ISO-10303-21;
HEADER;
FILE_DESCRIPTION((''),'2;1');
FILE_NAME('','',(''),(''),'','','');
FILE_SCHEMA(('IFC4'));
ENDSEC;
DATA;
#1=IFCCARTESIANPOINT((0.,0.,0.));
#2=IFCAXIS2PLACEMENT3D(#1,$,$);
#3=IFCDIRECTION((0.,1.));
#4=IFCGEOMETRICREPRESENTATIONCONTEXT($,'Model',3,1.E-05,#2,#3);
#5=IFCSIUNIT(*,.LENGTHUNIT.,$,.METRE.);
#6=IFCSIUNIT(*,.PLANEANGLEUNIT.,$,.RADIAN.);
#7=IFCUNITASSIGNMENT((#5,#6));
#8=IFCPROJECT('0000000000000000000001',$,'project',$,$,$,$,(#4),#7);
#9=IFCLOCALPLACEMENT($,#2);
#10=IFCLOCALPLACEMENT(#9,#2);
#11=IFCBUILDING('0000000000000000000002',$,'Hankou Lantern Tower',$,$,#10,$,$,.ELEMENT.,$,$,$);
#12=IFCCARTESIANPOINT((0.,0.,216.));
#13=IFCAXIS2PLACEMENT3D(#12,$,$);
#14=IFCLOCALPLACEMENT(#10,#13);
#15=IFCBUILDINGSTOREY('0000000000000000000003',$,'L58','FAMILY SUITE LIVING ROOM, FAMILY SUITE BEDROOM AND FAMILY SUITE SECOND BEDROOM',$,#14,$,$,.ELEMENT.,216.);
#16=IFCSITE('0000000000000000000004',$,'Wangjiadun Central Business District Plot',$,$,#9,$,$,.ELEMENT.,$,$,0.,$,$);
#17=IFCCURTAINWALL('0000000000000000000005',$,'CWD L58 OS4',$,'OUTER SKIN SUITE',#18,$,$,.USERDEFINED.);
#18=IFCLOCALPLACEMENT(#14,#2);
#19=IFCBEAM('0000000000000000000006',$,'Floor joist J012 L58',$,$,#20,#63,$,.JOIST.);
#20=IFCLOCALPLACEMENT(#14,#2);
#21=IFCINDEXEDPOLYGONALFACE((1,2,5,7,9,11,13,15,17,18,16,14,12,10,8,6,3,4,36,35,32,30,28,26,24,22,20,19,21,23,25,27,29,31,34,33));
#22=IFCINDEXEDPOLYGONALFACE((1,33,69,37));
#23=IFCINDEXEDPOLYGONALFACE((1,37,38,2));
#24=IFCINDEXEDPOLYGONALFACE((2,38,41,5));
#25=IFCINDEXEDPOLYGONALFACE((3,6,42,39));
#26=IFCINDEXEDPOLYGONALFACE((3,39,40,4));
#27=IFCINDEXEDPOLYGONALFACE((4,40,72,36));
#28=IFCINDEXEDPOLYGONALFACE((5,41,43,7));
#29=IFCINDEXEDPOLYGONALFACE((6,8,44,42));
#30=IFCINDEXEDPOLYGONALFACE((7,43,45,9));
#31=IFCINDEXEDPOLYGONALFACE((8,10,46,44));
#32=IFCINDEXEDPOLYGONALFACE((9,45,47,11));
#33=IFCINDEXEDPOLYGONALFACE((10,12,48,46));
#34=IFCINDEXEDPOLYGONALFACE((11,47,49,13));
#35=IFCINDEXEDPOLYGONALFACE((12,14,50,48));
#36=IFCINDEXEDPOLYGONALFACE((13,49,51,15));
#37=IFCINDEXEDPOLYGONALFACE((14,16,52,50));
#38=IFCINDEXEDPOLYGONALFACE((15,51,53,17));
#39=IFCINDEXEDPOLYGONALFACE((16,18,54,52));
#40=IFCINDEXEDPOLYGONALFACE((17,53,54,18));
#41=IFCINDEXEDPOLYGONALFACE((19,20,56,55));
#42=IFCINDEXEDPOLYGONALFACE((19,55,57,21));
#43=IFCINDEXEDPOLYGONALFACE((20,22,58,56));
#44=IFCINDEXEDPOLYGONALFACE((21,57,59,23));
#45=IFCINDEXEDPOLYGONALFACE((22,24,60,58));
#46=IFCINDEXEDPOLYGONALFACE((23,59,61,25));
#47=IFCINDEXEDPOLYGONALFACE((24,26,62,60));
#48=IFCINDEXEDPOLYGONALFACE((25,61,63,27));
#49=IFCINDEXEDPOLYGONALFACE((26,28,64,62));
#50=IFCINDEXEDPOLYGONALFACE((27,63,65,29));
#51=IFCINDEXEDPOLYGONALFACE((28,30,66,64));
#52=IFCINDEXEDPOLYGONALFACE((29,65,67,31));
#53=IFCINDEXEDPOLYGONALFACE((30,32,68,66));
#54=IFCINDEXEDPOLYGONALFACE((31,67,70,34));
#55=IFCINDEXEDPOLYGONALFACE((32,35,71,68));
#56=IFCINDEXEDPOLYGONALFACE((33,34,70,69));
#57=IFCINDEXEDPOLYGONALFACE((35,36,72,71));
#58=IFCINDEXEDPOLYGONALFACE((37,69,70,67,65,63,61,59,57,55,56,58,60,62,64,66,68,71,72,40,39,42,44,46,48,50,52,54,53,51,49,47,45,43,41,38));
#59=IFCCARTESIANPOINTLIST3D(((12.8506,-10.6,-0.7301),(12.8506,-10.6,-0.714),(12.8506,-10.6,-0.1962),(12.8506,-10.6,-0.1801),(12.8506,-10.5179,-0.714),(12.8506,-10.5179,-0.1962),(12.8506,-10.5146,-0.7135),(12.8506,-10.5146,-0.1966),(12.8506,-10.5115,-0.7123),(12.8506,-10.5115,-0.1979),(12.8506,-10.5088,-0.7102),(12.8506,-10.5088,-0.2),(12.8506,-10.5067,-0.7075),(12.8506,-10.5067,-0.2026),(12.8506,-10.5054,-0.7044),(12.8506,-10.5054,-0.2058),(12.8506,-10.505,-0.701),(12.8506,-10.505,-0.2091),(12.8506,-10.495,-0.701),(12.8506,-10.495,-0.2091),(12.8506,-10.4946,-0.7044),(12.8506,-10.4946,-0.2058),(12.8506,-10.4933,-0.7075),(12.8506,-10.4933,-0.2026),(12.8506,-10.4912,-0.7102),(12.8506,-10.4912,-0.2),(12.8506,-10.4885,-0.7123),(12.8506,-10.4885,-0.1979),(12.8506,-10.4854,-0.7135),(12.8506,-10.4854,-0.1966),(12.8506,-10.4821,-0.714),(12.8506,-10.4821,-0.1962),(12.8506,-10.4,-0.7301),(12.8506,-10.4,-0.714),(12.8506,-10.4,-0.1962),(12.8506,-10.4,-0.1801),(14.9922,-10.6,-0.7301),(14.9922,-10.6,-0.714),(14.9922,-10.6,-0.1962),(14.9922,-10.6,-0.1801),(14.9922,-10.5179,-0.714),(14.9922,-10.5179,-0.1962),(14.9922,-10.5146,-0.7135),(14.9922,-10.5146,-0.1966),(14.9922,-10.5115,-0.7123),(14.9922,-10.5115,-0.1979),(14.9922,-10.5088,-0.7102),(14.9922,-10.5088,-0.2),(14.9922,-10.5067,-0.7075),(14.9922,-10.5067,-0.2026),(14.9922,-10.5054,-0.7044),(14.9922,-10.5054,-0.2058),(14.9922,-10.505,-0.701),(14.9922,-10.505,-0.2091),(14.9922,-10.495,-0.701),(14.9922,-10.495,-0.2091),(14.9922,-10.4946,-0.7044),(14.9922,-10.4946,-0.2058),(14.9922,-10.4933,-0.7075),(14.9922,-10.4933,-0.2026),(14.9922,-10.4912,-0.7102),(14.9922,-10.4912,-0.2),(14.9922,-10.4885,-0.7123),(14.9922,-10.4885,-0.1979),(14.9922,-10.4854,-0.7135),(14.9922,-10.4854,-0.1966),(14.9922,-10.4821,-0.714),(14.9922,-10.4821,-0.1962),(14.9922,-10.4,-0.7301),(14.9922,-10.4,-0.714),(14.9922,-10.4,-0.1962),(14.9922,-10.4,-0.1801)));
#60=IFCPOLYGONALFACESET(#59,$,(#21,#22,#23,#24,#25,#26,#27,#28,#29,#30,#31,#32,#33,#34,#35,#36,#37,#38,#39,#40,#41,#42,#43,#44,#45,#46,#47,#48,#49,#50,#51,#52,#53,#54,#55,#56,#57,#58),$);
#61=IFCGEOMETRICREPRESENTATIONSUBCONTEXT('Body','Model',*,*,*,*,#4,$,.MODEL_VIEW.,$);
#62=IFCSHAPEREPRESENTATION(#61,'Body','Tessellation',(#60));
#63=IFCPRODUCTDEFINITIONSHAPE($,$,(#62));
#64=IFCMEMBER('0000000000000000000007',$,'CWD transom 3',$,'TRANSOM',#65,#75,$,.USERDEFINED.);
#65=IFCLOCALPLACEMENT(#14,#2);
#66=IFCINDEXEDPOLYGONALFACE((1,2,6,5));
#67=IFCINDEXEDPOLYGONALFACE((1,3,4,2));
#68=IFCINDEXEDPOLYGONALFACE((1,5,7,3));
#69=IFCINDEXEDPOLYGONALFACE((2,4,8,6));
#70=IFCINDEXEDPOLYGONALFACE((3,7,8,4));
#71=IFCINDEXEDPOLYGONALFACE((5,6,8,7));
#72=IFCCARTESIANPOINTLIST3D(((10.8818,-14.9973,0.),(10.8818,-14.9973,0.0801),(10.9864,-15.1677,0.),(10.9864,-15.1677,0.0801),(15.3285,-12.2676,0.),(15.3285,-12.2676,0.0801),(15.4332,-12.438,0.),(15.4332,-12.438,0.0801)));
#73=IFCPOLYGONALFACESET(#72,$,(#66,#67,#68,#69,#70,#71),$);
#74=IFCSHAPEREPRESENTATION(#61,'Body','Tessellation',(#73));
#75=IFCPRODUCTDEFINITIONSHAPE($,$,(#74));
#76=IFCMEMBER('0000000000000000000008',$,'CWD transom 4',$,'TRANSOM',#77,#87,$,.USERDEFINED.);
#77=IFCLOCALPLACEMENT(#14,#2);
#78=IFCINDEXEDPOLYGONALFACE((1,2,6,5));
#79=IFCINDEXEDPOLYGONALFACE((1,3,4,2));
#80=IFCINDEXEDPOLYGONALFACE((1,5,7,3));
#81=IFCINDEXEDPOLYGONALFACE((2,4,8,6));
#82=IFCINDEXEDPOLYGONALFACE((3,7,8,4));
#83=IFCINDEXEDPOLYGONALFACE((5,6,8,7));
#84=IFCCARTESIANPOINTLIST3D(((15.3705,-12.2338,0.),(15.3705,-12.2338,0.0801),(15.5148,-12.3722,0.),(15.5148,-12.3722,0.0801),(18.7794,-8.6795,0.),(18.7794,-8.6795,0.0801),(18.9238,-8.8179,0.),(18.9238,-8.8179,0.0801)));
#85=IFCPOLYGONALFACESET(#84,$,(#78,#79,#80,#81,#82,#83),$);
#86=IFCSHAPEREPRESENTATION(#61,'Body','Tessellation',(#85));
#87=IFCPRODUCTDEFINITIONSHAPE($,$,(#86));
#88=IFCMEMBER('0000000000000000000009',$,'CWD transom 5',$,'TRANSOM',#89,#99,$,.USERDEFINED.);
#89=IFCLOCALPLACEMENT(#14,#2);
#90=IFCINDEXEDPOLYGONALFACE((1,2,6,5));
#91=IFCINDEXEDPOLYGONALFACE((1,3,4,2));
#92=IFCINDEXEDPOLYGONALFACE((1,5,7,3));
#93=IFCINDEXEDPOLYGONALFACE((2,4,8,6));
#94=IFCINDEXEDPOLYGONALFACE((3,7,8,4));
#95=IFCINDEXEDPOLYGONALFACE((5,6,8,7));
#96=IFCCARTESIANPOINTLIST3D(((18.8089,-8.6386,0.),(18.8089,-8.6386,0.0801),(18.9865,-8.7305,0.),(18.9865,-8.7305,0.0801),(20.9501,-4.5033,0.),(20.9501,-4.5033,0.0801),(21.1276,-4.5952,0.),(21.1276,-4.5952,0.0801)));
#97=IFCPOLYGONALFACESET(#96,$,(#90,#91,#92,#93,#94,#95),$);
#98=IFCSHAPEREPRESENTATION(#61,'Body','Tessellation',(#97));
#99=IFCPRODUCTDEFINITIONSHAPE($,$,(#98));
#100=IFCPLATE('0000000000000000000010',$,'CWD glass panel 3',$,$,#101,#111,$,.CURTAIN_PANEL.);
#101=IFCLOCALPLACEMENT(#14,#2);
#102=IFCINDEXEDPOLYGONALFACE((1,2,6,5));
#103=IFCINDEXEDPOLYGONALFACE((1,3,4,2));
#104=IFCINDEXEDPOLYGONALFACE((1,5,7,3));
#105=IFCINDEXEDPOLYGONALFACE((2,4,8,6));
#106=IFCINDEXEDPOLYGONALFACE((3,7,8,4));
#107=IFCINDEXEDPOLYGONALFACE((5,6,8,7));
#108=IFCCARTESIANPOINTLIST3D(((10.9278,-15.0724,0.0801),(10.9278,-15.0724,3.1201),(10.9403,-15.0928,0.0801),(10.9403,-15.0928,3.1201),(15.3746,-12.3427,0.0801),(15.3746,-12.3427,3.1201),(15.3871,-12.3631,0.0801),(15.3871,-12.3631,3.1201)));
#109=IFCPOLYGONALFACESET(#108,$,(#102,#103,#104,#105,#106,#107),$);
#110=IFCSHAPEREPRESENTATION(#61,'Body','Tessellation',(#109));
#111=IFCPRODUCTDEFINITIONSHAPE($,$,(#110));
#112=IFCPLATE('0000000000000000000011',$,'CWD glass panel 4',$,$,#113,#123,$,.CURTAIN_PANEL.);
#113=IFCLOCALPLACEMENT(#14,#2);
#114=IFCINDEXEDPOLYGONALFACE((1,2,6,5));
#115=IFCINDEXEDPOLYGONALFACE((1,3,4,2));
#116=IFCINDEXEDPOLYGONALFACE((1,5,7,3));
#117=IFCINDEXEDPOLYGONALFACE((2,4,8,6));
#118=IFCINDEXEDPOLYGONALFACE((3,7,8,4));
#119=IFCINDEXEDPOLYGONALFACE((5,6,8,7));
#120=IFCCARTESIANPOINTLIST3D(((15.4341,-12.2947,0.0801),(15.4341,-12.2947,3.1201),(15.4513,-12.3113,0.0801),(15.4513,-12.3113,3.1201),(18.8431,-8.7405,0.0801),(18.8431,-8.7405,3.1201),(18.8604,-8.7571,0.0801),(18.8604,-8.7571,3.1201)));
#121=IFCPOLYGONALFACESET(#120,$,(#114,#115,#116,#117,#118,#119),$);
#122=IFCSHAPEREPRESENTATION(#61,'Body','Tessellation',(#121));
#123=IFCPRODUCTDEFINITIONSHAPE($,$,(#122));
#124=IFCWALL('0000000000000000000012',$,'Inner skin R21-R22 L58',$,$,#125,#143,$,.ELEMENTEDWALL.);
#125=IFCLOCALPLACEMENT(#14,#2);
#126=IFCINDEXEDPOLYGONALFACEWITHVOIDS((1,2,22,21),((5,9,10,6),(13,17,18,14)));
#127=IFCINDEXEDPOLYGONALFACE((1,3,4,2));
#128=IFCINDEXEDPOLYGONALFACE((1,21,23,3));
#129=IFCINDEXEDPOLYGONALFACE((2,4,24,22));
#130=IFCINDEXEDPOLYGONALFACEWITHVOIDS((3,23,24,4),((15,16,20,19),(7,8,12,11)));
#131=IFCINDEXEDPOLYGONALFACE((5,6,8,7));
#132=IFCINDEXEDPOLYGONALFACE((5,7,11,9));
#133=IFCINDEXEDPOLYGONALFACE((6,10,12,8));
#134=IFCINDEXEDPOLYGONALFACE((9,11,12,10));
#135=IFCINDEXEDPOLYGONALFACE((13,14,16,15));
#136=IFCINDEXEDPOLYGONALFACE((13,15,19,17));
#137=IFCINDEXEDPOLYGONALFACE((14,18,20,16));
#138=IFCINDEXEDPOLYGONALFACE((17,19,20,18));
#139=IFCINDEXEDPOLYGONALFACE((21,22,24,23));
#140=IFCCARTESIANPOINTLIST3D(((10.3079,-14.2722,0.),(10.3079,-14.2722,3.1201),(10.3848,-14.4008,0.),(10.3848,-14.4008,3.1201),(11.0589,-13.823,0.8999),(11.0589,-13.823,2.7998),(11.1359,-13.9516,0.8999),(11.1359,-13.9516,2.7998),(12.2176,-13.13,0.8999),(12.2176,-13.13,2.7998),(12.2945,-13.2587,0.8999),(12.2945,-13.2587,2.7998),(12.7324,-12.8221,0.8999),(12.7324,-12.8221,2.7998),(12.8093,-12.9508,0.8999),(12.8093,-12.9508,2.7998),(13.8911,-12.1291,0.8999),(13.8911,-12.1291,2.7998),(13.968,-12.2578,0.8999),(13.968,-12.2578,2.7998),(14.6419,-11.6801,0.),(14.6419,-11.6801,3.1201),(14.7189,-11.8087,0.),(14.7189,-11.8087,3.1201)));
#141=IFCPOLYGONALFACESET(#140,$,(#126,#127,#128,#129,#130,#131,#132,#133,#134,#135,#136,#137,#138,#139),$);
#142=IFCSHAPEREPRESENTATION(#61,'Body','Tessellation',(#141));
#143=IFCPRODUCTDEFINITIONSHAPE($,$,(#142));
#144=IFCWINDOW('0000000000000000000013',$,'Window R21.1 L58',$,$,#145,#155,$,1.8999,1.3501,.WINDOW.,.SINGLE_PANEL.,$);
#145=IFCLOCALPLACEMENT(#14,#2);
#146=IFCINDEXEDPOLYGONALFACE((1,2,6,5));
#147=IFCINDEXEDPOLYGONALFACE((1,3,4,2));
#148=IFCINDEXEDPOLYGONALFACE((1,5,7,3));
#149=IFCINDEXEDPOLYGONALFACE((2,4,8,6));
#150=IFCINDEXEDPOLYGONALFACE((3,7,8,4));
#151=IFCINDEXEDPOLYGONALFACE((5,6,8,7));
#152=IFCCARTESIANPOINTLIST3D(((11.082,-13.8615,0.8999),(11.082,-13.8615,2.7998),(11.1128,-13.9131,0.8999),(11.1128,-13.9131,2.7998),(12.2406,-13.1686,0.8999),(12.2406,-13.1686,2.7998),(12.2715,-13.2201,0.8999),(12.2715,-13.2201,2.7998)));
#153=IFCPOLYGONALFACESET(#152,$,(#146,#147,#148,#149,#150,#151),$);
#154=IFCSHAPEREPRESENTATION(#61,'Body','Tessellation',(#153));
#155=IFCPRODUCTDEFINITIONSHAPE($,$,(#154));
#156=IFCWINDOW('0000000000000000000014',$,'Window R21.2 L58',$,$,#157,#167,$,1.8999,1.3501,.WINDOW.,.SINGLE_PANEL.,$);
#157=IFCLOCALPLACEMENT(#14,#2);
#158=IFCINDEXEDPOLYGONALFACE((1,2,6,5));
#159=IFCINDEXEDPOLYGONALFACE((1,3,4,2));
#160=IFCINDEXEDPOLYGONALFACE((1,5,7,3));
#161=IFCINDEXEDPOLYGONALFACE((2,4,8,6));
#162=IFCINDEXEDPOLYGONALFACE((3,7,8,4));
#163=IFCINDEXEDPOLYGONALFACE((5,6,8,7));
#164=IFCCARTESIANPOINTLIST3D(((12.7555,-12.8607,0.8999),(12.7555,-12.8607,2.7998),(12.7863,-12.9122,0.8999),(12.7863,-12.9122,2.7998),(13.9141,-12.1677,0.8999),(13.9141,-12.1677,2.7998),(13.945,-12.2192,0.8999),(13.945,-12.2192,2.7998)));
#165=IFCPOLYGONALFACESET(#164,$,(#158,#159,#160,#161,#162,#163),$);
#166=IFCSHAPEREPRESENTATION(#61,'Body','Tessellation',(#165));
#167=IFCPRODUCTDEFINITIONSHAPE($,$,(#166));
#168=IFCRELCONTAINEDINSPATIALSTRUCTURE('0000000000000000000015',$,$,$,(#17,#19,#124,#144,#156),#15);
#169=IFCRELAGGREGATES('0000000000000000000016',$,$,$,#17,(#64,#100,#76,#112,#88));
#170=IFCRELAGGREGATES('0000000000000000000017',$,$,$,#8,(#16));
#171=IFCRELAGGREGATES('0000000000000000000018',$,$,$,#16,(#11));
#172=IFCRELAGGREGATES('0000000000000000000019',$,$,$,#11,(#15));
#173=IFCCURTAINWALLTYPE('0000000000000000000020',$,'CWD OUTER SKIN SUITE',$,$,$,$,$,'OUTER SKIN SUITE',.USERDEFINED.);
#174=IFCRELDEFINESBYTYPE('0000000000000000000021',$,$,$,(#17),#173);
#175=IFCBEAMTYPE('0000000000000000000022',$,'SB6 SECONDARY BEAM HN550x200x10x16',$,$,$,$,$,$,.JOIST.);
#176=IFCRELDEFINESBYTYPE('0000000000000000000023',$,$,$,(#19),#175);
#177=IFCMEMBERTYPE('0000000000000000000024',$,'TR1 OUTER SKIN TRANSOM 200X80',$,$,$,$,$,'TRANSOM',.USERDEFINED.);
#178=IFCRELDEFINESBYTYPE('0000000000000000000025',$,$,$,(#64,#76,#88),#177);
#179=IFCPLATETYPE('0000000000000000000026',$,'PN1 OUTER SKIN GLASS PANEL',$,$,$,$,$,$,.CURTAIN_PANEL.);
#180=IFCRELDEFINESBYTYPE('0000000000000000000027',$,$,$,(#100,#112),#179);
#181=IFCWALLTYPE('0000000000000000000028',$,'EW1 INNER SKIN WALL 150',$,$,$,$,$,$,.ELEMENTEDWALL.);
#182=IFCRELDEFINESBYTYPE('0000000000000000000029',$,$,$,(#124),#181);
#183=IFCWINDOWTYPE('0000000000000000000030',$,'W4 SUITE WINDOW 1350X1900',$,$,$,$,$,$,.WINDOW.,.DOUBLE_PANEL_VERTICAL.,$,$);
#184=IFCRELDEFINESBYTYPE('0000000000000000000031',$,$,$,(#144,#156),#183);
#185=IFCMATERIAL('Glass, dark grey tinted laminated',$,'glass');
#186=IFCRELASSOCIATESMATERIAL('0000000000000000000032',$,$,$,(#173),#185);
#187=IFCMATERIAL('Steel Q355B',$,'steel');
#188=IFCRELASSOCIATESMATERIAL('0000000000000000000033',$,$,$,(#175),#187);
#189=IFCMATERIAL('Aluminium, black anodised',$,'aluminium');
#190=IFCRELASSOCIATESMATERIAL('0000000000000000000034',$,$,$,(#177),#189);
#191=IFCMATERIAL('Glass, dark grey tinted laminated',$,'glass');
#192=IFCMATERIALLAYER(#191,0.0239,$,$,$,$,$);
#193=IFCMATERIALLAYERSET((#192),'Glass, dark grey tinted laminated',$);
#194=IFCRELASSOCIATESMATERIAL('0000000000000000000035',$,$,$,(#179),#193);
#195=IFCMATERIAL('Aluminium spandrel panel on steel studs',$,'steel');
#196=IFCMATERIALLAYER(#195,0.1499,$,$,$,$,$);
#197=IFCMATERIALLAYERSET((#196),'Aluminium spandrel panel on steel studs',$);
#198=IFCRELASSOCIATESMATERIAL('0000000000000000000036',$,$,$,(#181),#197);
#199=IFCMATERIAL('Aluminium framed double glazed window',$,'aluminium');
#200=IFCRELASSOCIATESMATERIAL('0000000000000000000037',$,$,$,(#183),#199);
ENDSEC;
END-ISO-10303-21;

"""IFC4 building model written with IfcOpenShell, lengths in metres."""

from ifc_helpers import new_model, si_unit, direction, frame, frame_2d, origin, origin_2d, place, context, subcontext, project, spatial, rectangle, i_section, extrude, material, layer, layer_set, material_profile, profile_set, type_object, element, fill, aggregate, save


model = new_model("IFC4")

# Units and contexts
model_context = context("Model", 3, precision=1e-05, world=origin(), true_north=direction((0.0, 1.0)))
body_context = subcontext(model_context, "Body", "Model", "MODEL_VIEW")
ifc_project = project(units=[si_unit("LENGTHUNIT", "METRE"), si_unit("PLANEANGLEUNIT", "RADIAN")], contexts=[model_context])

# Site, building, storey
site_placement = place(None, origin())
site = spatial("IfcSite", under=ifc_project, at=site_placement, Name="Wangjiadun Central Business District Plot", CompositionType="ELEMENT", RefElevation=0.0)
building_placement = place(site_placement, origin())
building = spatial("IfcBuilding", under=site, at=building_placement, Name="Hankou Lantern Tower", CompositionType="ELEMENT")
storey_placement = place(building_placement, frame((0.0, 0.0, 216.0)))
storey = spatial("IfcBuildingStorey", under=building, at=storey_placement, Name="L58", Description="FAMILY SUITE LIVING ROOM, FAMILY SUITE BEDROOM AND FAMILY SUITE SECOND BEDROOM", CompositionType="ELEMENT", Elevation=216.0)

# Curtain wall
ifc_material_1 = material(Name="Glass, dark grey tinted laminated", Category="glass")
curtain_wall_type = type_object("IfcCurtainWallType", Name="CWD OUTER SKIN SUITE", ElementType="OUTER SKIN SUITE", PredefinedType="USERDEFINED", material=ifc_material_1)
curtain_wall_placement = place(storey_placement, origin())
curtain_wall = element("IfcCurtainWall", 1, at=curtain_wall_placement, inside=storey, type_object=curtain_wall_type, Name="CWD L58 OS4", ObjectType="OUTER SKIN SUITE", PredefinedType="USERDEFINED")

# Beam
ifc_material_2 = material(Name="Steel Q355B", Category="steel")
ifc_material_profile_1 = material_profile(ifc_material_2, i_section(OverallWidth=0.2, OverallDepth=0.55, WebThickness=0.01, FlangeThickness=0.0161, FilletRadius=0.0129, at=origin_2d()), Name="HN550x200x10x16")
ifc_profile_set_1 = profile_set([ifc_material_profile_1], Name="Steel Q355B")
beam_type_1 = type_object("IfcBeamType", Name="SB6 SECONDARY BEAM HN550x200x10x16", PredefinedType="JOIST", material=ifc_profile_set_1)
beam_1_placement = place(storey_placement, frame((12.8506, -10.5, -0.4551), z_axis=(1.0, 0.0, 0.0), x_axis=(0.0, 1.0, 0.0)))
element("IfcBeam", 2, at=beam_1_placement, inside=storey, type_object=beam_type_1, Name="Floor joist J012 L58", PredefinedType="JOIST", context=body_context, shape_type="SweptSolid", body=[
    extrude(i_section(OverallWidth=0.2, OverallDepth=0.55, WebThickness=0.01, FlangeThickness=0.0161, FilletRadius=0.0129, at=origin_2d()), origin(), (0.0, 0.0, 1.0), 2.1416),
])

# Members
ifc_material_3 = material(Name="Aluminium, black anodised", Category="aluminium")
ifc_material_profile_2 = material_profile(ifc_material_3, rectangle(XDim=0.2, YDim=0.0801, at=origin_2d()), Name="TR1 200X80")
ifc_profile_set_2 = profile_set([ifc_material_profile_2], Name="Aluminium, black anodised")
member_type_1 = type_object("IfcMemberType", Name="TR1 OUTER SKIN TRANSOM 200X80", ElementType="TRANSOM", PredefinedType="USERDEFINED", material=ifc_profile_set_2)
member_1_placement = place(storey_placement, frame((10.9341, -15.0825, 0.04), z_axis=(0.852235, 0.52316, 0.0), x_axis=(-0.52316, 0.852235, 0.0)))
member_1 = element("IfcMember", 3, at=member_1_placement, type_object=member_type_1, Name="CWD transom 3", ObjectType="TRANSOM", PredefinedType="USERDEFINED", context=body_context, shape_type="SweptSolid", body=[
    extrude(rectangle(XDim=0.2, YDim=0.0801, at=origin_2d()), origin(), (0.0, 0.0, 1.0), 5.2178),
])
member_2_placement = place(storey_placement, frame((15.4426, -12.303, 0.04), z_axis=(0.692205, 0.721701, 0.0), x_axis=(-0.721701, 0.692205, 0.0)))
member_2 = element("IfcMember", 4, at=member_2_placement, type_object=member_type_1, Name="CWD transom 4", ObjectType="TRANSOM", PredefinedType="USERDEFINED", context=body_context, shape_type="SweptSolid", body=[
    extrude(rectangle(XDim=0.2, YDim=0.0801, at=origin_2d()), origin(), (0.0, 0.0, 1.0), 4.9248),
])
member_3_placement = place(storey_placement, frame((18.8977, -8.6846, 0.04), z_axis=(0.459794, 0.888026, 0.0), x_axis=(-0.888026, 0.459794, 0.0)))
member_3 = element("IfcMember", 5, at=member_3_placement, type_object=member_type_1, Name="CWD transom 5", ObjectType="TRANSOM", PredefinedType="USERDEFINED", context=body_context, shape_type="SweptSolid", body=[
    extrude(rectangle(XDim=0.2, YDim=0.0801, at=origin_2d()), origin(), (0.0, 0.0, 1.0), 4.6567),
])

# Plates
ifc_material_4 = material(Name="Glass, dark grey tinted laminated", Category="glass")
ifc_layer_1 = layer(ifc_material_4, 0.0239)
ifc_layer_set_1 = layer_set([ifc_layer_1], Name="Glass, dark grey tinted laminated")
plate_type = type_object("IfcPlateType", Name="PN1 OUTER SKIN GLASS PANEL", PredefinedType="CURTAIN_PANEL", material=ifc_layer_set_1)
plate_1_placement = place(storey_placement, frame((13.1575, -13.7178, 0.0801), z_axis=(0.0, 0.0, 1.0), x_axis=(0.852237, 0.523156, 0.0)))
plate_1 = element("IfcPlate", 6, at=plate_1_placement, type_object=plate_type, Name="CWD glass panel 3", PredefinedType="CURTAIN_PANEL", context=body_context, shape_type="SweptSolid", body=[
    extrude(rectangle(XDim=5.2178, YDim=0.0239, at=origin_2d()), origin(), (0.0, 0.0, 1.0), 3.04),
])
plate_2_placement = place(storey_placement, frame((17.1472, -10.5259, 0.0801), z_axis=(0.0, 0.0, 1.0), x_axis=(0.692216, 0.721691, 0.0)))
plate_2 = element("IfcPlate", 7, at=plate_2_placement, type_object=plate_type, Name="CWD glass panel 4", PredefinedType="CURTAIN_PANEL", context=body_context, shape_type="SweptSolid", body=[
    extrude(rectangle(XDim=4.9248, YDim=0.0239, at=origin_2d()), origin(), (0.0, 0.0, 1.0), 3.04),
])
aggregate(curtain_wall, [member_1, plate_1, member_2, plate_2, member_3])

# Wall, openings, windows
ifc_material_5 = material(Name="Aluminium spandrel panel on steel studs", Category="steel")
ifc_layer_2 = layer(ifc_material_5, 0.1499)
ifc_layer_set_2 = layer_set([ifc_layer_2], Name="Aluminium spandrel panel on steel studs")
wall_type_1 = type_object("IfcWallType", Name="EW1 INNER SKIN WALL 150", PredefinedType="ELEMENTEDWALL", material=ifc_layer_set_2)
wall_1_placement = place(storey_placement, frame((10.3464, -14.3364, 0.0), z_axis=(0.0, 0.0, 1.0), x_axis=(0.858222, 0.51328, 0.0)))
wall_1 = element("IfcWall", 8, at=wall_1_placement, inside=storey, type_object=wall_type_1, Name="Inner skin R21-R22 L58", PredefinedType="ELEMENTEDWALL", context=body_context, shape_type="SweptSolid", body=[
    extrude(rectangle(XDim=5.05, YDim=0.1499, at=frame_2d((2.5249, 0.0))), origin(), (0.0, 0.0, 1.0), 3.1201),
])
opening_1_placement = place(wall_1_placement, frame((0.875, 0.0, 0.8999)))
opening_1 = element("IfcOpeningElement", 9, at=opening_1_placement, cuts=wall_1, PredefinedType="OPENING", context=body_context, shape_type="SweptSolid", body=[
    extrude(rectangle(XDim=1.3501, YDim=1.8999, at=frame_2d((0.675, 0.95))), frame((0.0, 0.085, 0.0), z_axis=(0.0, -1.0, 0.0), x_axis=(1.0, 0.0, 0.0)), (0.0, 0.0, 1.0), 0.1699),
])
opening_2_placement = place(wall_1_placement, frame((2.825, 0.0, 0.8999)))
opening_2 = element("IfcOpeningElement", 10, at=opening_2_placement, cuts=wall_1, PredefinedType="OPENING", context=body_context, shape_type="SweptSolid", body=[
    extrude(rectangle(XDim=1.3501, YDim=1.8999, at=frame_2d((0.675, 0.95))), frame((0.0, 0.085, 0.0), z_axis=(0.0, -1.0, 0.0), x_axis=(1.0, 0.0, 0.0)), (0.0, 0.0, 1.0), 0.1699),
])
ifc_material_6 = material(Name="Aluminium framed double glazed window", Category="aluminium")
window_type = type_object("IfcWindowType", Name="W4 SUITE WINDOW 1350X1900", PartitioningType="DOUBLE_PANEL_VERTICAL", PredefinedType="WINDOW", material=ifc_material_6)
window_1_placement = place(opening_1_placement, origin())
window_1 = element("IfcWindow", 11, at=window_1_placement, inside=storey, type_object=window_type, Name="Window R21.1 L58", OverallHeight=1.8999, OverallWidth=1.3501, PartitioningType="SINGLE_PANEL", PredefinedType="WINDOW", context=body_context, shape_type="SweptSolid", body=[
    extrude(rectangle(XDim=1.3501, YDim=1.8999, at=frame_2d((0.675, 0.95))), frame((0.0, 0.03, 0.0), z_axis=(0.0, -1.0, 0.0), x_axis=(1.0, 0.0, 0.0)), (0.0, 0.0, 1.0), 0.0601),
])
fill(opening_1, window_1)
window_2_placement = place(opening_2_placement, origin())
window_2 = element("IfcWindow", 12, at=window_2_placement, inside=storey, type_object=window_type, Name="Window R21.2 L58", OverallHeight=1.8999, OverallWidth=1.3501, PartitioningType="SINGLE_PANEL", PredefinedType="WINDOW", context=body_context, shape_type="SweptSolid", body=[
    extrude(rectangle(XDim=1.3501, YDim=1.8999, at=frame_2d((0.675, 0.95))), frame((0.0, 0.03, 0.0), z_axis=(0.0, -1.0, 0.0), x_axis=(1.0, 0.0, 0.0)), (0.0, 0.0, 1.0), 0.0601),
])
fill(opening_2, window_2)

save(model, "model.ifc")
